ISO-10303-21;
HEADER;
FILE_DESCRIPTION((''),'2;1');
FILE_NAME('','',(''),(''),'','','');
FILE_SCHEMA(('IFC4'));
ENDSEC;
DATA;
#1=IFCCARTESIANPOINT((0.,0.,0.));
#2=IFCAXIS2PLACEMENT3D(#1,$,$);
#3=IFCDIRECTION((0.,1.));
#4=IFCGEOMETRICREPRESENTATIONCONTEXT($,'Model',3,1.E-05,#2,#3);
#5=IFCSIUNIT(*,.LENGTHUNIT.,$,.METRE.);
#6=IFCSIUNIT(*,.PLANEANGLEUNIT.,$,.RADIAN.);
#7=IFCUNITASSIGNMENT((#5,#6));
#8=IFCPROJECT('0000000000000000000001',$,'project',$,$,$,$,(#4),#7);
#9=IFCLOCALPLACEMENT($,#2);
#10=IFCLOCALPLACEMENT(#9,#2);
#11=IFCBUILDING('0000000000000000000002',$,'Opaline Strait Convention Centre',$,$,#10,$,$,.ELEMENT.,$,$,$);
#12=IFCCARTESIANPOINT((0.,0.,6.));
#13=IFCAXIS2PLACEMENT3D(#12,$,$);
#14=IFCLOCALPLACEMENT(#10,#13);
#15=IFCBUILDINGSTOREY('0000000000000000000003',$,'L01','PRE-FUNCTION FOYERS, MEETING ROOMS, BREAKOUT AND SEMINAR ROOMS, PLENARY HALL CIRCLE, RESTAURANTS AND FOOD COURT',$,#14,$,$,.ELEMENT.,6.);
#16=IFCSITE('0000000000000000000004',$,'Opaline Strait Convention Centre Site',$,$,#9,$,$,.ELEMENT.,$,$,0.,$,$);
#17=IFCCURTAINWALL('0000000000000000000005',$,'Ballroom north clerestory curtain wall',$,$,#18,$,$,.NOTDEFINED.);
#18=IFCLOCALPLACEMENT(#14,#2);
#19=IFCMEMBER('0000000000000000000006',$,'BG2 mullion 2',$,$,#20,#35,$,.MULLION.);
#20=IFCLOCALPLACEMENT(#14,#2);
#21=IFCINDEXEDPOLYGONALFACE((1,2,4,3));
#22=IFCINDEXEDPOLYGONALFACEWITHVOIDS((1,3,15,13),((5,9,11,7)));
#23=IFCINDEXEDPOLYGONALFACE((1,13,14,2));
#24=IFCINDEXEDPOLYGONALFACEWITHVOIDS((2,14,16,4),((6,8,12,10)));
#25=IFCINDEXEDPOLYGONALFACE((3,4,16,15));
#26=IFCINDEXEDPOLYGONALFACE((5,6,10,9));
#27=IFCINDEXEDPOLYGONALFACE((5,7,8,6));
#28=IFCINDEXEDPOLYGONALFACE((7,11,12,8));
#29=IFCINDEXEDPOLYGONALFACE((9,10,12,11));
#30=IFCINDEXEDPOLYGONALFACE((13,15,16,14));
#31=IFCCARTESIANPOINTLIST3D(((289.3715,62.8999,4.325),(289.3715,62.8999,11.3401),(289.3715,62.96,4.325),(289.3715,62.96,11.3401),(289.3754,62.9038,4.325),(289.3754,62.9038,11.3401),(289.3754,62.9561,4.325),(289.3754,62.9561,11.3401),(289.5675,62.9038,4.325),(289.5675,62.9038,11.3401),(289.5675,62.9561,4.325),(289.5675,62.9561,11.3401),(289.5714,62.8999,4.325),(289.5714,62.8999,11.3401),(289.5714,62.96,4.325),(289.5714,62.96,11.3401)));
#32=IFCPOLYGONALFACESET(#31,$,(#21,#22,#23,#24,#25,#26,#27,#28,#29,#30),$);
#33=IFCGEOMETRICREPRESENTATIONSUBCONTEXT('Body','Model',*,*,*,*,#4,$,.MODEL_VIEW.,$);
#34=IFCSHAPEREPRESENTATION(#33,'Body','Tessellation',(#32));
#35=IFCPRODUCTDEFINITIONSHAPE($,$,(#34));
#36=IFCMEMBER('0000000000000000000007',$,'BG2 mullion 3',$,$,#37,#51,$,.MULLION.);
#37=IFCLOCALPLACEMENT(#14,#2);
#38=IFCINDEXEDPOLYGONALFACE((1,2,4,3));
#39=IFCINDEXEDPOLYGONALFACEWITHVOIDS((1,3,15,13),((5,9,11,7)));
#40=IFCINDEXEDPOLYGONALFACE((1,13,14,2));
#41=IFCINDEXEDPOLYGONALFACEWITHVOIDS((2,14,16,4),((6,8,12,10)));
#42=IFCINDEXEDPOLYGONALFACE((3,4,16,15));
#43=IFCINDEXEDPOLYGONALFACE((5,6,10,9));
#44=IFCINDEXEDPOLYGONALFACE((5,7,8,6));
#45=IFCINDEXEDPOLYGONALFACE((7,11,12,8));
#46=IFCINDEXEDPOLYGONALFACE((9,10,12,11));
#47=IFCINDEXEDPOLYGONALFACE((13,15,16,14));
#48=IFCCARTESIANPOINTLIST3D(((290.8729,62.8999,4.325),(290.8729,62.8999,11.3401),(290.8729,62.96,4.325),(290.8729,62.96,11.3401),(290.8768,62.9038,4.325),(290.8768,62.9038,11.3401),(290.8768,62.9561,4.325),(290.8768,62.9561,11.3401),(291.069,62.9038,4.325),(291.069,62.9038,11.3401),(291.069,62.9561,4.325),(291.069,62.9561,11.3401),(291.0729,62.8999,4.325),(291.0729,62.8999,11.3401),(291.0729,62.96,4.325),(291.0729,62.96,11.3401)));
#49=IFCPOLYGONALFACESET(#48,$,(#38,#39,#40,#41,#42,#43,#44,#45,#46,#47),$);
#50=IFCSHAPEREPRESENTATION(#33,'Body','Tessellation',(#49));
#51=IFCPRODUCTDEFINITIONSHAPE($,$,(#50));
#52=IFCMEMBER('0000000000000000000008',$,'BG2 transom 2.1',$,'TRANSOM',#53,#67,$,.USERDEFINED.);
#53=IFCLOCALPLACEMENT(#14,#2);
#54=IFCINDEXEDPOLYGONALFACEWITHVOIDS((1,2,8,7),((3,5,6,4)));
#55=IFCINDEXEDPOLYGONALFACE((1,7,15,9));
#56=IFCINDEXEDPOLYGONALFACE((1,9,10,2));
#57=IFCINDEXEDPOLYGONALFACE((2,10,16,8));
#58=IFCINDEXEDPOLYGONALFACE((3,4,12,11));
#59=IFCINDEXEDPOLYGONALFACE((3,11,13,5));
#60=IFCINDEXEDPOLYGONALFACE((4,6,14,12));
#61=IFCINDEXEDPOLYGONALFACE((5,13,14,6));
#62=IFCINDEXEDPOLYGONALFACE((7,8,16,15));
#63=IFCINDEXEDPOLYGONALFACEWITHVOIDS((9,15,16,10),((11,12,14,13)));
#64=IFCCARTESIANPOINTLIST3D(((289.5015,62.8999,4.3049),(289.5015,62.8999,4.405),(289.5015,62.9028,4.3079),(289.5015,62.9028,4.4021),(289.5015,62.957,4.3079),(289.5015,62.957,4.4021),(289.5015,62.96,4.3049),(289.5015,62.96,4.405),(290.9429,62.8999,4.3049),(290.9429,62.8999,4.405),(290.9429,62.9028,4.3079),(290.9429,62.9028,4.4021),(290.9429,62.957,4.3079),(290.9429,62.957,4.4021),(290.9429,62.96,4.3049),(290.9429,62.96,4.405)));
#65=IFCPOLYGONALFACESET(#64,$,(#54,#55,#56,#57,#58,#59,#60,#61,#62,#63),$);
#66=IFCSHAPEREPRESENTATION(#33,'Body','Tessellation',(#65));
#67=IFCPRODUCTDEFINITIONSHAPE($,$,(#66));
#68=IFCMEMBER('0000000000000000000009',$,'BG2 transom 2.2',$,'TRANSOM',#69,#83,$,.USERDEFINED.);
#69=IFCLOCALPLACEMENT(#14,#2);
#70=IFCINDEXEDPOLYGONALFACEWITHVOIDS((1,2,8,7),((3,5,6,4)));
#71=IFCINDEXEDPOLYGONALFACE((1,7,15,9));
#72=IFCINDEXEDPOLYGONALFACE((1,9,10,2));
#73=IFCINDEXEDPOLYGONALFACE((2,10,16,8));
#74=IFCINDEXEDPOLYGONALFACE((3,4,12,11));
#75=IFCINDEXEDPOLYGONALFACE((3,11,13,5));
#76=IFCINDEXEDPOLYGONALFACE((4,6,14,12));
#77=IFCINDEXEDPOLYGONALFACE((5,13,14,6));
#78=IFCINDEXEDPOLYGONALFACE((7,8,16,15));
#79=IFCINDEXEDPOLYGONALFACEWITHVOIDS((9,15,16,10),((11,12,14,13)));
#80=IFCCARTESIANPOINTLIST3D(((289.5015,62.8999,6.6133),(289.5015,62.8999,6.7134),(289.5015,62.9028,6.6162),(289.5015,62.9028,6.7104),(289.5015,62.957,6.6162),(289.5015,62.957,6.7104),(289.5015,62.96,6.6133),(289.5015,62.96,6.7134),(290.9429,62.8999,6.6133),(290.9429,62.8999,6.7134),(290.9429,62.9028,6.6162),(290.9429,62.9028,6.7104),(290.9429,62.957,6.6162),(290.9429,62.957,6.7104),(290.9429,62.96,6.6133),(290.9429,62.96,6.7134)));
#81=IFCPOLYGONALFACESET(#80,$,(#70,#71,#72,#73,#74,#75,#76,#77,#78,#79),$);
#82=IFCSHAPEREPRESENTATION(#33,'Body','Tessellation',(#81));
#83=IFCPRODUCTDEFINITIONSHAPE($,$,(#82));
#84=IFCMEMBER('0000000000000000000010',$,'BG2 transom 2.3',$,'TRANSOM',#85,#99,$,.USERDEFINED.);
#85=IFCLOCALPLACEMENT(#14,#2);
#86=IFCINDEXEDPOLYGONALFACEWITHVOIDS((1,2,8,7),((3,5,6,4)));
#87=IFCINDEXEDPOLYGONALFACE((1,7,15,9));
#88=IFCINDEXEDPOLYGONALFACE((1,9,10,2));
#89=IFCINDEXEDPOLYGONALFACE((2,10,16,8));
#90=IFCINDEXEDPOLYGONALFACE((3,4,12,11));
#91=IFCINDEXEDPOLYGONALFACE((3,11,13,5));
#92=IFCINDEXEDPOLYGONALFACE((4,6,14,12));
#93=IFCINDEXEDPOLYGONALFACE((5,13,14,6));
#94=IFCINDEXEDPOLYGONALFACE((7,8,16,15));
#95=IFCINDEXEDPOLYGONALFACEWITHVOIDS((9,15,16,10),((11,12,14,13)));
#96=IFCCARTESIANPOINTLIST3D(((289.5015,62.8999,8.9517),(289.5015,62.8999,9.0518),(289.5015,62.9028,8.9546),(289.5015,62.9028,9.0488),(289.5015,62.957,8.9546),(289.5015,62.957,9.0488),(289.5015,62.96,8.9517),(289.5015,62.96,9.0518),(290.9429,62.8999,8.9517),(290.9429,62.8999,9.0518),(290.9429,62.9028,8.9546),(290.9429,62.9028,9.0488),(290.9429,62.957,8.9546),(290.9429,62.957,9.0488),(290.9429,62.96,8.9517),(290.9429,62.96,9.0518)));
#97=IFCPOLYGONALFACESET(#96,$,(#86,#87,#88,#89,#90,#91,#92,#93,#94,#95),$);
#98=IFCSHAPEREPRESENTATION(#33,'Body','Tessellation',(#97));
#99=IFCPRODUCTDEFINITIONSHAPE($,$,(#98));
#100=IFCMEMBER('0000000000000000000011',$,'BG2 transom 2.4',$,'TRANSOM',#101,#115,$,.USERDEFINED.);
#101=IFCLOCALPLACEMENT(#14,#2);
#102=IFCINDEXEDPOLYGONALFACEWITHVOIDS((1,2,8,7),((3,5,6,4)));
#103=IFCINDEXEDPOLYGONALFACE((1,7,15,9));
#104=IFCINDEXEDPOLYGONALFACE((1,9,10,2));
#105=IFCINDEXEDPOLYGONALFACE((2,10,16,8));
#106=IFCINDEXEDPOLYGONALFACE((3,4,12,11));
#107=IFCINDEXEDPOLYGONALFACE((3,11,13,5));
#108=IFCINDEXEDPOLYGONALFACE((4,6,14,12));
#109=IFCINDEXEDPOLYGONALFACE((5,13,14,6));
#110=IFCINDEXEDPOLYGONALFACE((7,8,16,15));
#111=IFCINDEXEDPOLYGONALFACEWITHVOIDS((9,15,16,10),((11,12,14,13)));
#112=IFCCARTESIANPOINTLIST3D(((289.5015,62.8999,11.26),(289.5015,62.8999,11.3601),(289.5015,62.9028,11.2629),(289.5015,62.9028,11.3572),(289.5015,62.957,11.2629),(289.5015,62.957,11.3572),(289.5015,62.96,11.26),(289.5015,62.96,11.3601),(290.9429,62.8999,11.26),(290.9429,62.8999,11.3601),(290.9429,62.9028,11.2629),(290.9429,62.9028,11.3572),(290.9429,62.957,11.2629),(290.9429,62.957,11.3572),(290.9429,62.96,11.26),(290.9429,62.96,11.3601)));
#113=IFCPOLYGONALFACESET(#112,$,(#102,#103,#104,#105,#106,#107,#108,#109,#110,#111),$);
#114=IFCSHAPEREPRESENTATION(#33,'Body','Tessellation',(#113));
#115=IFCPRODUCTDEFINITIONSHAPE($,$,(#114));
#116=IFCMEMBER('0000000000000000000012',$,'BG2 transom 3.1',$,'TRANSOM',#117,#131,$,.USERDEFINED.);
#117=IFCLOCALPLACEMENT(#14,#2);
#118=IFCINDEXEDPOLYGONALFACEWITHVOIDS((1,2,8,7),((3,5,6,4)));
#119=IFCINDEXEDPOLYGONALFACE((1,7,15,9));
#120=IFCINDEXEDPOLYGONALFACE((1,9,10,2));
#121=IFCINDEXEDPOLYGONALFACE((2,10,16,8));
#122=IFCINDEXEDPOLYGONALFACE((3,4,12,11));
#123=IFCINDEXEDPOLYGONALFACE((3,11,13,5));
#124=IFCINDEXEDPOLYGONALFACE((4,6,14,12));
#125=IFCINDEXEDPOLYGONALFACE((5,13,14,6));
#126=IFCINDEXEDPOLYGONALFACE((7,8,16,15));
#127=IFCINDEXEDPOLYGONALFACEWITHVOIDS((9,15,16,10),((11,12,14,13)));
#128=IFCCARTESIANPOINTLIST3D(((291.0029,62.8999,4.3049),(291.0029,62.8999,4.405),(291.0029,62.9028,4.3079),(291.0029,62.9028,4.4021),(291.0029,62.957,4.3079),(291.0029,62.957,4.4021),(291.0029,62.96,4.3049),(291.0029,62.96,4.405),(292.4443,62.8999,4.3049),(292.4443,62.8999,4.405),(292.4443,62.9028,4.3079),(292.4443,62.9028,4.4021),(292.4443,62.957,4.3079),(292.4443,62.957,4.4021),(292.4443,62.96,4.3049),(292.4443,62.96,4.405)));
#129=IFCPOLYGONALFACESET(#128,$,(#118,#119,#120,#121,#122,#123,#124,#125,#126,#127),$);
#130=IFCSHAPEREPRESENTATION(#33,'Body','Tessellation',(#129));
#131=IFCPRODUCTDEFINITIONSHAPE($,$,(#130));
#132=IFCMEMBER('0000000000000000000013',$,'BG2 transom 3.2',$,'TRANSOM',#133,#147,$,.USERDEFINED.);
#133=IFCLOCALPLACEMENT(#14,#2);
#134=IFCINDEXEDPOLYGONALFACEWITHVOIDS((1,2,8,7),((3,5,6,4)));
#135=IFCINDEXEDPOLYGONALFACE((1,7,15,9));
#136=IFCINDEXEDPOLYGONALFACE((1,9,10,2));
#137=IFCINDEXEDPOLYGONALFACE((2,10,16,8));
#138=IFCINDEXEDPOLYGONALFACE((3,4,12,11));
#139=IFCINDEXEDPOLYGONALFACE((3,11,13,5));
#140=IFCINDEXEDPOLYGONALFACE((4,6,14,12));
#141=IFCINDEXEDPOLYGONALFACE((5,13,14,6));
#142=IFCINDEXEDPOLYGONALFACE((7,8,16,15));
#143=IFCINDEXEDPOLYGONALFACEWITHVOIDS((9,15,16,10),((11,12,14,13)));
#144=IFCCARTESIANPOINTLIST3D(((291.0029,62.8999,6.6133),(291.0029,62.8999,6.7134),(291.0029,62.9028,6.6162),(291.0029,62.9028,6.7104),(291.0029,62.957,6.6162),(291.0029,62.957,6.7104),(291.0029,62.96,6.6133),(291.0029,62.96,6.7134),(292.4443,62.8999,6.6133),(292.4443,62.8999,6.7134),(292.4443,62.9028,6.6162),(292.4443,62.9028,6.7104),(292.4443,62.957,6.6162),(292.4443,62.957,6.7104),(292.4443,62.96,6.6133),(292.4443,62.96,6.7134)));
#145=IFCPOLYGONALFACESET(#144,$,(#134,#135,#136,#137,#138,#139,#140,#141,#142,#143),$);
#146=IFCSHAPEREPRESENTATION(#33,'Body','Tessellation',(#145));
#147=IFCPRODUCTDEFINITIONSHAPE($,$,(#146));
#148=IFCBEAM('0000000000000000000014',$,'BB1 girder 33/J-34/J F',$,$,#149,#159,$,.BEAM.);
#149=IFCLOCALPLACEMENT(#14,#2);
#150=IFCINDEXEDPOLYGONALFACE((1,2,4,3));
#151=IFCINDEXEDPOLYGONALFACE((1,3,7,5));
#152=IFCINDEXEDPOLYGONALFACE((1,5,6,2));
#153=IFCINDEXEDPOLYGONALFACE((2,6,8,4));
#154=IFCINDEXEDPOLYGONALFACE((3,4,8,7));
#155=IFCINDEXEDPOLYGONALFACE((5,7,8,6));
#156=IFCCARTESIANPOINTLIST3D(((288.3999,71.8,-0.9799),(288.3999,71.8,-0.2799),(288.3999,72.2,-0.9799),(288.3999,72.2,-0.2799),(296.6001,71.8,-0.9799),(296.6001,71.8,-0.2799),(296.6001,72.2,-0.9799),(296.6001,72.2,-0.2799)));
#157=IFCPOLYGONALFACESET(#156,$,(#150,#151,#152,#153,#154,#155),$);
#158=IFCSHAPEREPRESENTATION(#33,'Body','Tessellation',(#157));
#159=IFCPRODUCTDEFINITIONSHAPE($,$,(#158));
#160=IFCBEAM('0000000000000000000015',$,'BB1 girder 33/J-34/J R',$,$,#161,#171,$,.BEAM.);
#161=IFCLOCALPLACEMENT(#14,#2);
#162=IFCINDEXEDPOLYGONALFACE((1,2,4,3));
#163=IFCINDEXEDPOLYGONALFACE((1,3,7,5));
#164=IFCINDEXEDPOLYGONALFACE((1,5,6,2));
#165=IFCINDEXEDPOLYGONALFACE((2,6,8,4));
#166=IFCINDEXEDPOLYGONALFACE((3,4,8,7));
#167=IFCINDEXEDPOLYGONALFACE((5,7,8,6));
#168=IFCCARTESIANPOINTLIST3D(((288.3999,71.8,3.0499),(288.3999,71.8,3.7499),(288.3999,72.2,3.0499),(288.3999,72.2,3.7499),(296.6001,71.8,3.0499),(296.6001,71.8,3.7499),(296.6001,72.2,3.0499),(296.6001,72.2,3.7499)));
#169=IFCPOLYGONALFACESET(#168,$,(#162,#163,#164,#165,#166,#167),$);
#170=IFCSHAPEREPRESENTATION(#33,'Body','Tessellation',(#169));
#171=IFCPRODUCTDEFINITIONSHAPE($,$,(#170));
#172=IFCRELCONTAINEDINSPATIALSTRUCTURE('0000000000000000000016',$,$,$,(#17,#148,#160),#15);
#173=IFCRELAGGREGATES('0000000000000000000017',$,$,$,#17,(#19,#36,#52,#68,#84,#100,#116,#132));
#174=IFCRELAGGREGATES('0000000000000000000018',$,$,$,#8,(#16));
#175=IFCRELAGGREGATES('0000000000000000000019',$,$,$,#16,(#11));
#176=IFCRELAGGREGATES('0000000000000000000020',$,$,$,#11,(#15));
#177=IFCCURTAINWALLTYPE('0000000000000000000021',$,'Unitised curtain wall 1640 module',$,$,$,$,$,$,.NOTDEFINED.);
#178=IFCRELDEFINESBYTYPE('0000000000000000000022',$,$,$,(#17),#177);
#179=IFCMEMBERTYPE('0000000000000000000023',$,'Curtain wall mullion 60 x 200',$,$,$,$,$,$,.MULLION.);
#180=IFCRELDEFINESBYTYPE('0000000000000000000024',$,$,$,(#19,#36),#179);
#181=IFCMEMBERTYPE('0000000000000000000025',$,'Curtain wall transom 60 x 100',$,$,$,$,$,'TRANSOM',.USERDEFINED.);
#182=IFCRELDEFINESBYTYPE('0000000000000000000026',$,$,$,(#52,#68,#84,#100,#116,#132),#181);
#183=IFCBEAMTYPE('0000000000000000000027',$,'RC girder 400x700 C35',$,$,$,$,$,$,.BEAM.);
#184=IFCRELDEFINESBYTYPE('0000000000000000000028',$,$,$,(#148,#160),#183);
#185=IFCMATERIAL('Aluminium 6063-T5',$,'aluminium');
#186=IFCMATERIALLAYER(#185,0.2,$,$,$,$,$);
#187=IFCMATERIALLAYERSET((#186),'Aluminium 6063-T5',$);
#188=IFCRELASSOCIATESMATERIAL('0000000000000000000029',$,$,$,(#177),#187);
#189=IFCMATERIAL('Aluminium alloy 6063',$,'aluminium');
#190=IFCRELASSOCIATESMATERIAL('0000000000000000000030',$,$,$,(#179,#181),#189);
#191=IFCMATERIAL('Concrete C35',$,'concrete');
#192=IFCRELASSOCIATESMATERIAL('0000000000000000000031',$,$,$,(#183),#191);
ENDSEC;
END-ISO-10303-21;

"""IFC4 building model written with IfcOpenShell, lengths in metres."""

from ifc_helpers import new_model, si_unit, direction, frame, origin, origin_2d, place, context, subcontext, project, spatial, rectangle, hollow_rectangle, extrude, material, layer, layer_set, material_profile, profile_set, type_object, element, aggregate, save


model = new_model("IFC4")

# Units and contexts
model_context = context("Model", 3, precision=1e-05, world=origin(), true_north=direction((0.0, 1.0)))
body_context = subcontext(model_context, "Body", "Model", "MODEL_VIEW")
ifc_project = project(units=[si_unit("LENGTHUNIT", "METRE"), si_unit("PLANEANGLEUNIT", "RADIAN")], contexts=[model_context])

# Site, building, storey
site_placement = place(None, origin())
site = spatial("IfcSite", under=ifc_project, at=site_placement, Name="Opaline Strait Convention Centre Site", CompositionType="ELEMENT", RefElevation=0.0)
building_placement = place(site_placement, origin())
building = spatial("IfcBuilding", under=site, at=building_placement, Name="Opaline Strait Convention Centre", CompositionType="ELEMENT")
storey_placement = place(building_placement, frame((0.0, 0.0, 6.0)))
storey = spatial("IfcBuildingStorey", under=building, at=storey_placement, Name="L01", Description="PRE-FUNCTION FOYERS, MEETING ROOMS, BREAKOUT AND SEMINAR ROOMS, PLENARY HALL CIRCLE, RESTAURANTS AND FOOD COURT", CompositionType="ELEMENT", Elevation=6.0)

# Curtain wall, members
ifc_material_1 = material(Name="Aluminium 6063-T5", Category="aluminium")
ifc_layer_1 = layer(ifc_material_1, 0.2)
ifc_layer_set_1 = layer_set([ifc_layer_1], Name="Aluminium 6063-T5")
curtain_wall_type = type_object("IfcCurtainWallType", Name="Unitised curtain wall 1640 module", PredefinedType="NOTDEFINED", material=ifc_layer_set_1)
curtain_wall_placement = place(storey_placement, origin())
curtain_wall = element("IfcCurtainWall", 1, at=curtain_wall_placement, inside=storey, type_object=curtain_wall_type, Name="Ballroom north clerestory curtain wall", PredefinedType="NOTDEFINED")
ifc_material_2 = material(Name="Aluminium alloy 6063", Category="aluminium")
ifc_material_profile_1 = material_profile(ifc_material_2, hollow_rectangle(XDim=0.0601, YDim=0.2, WallThickness=0.0039, at=origin_2d()), Name="MULLION 60x200x4")
ifc_profile_set_1 = profile_set([ifc_material_profile_1], Name="Aluminium alloy 6063")
member_type_1 = type_object("IfcMemberType", Name="Curtain wall mullion 60 x 200", PredefinedType="MULLION", material=ifc_profile_set_1)
member_1_placement = place(storey_placement, frame((289.4714, 62.9299, 4.325), z_axis=(0.0, 0.0, 1.0), x_axis=(0.0, 1.0, 0.0)))
member_1 = element("IfcMember", 2, at=member_1_placement, type_object=member_type_1, Name="BG2 mullion 2", PredefinedType="MULLION", context=body_context, shape_type="SweptSolid", body=[
    extrude(hollow_rectangle(XDim=0.0601, YDim=0.2, WallThickness=0.0039, at=origin_2d()), origin(), (0.0, 0.0, 1.0), 7.0151),
])
member_2_placement = place(storey_placement, frame((290.9729, 62.9299, 4.325), z_axis=(0.0, 0.0, 1.0), x_axis=(0.0, 1.0, 0.0)))
member_2 = element("IfcMember", 3, at=member_2_placement, type_object=member_type_1, Name="BG2 mullion 3", PredefinedType="MULLION", context=body_context, shape_type="SweptSolid", body=[
    extrude(hollow_rectangle(XDim=0.0601, YDim=0.2, WallThickness=0.0039, at=origin_2d()), origin(), (0.0, 0.0, 1.0), 7.0151),
])
ifc_material_profile_2 = material_profile(ifc_material_2, hollow_rectangle(XDim=0.0601, YDim=0.1001, WallThickness=0.0029, at=origin_2d()), Name="TRANSOM 60x100x3")
ifc_profile_set_2 = profile_set([ifc_material_profile_2], Name="Aluminium alloy 6063")
member_type_2 = type_object("IfcMemberType", Name="Curtain wall transom 60 x 100", ElementType="TRANSOM", PredefinedType="USERDEFINED", material=ifc_profile_set_2)
member_3_placement = place(storey_placement, frame((289.5015, 62.9299, 4.355), z_axis=(1.0, 0.0, 0.0), x_axis=(0.0, 1.0, 0.0)))
member_3 = element("IfcMember", 4, at=member_3_placement, type_object=member_type_2, Name="BG2 transom 2.1", ObjectType="TRANSOM", PredefinedType="USERDEFINED", context=body_context, shape_type="SweptSolid", body=[
    extrude(hollow_rectangle(XDim=0.0601, YDim=0.1001, WallThickness=0.0029, at=origin_2d()), origin(), (0.0, 0.0, 1.0), 1.4414),
])
member_4_placement = place(storey_placement, frame((289.5015, 62.9299, 6.6633), z_axis=(1.0, 0.0, 0.0), x_axis=(0.0, 1.0, 0.0)))
member_4 = element("IfcMember", 5, at=member_4_placement, type_object=member_type_2, Name="BG2 transom 2.2", ObjectType="TRANSOM", PredefinedType="USERDEFINED", context=body_context, shape_type="SweptSolid", body=[
    extrude(hollow_rectangle(XDim=0.0601, YDim=0.1001, WallThickness=0.0029, at=origin_2d()), origin(), (0.0, 0.0, 1.0), 1.4414),
])
member_5_placement = place(storey_placement, frame((289.5015, 62.9299, 9.0017), z_axis=(1.0, 0.0, 0.0), x_axis=(0.0, 1.0, 0.0)))
member_5 = element("IfcMember", 6, at=member_5_placement, type_object=member_type_2, Name="BG2 transom 2.3", ObjectType="TRANSOM", PredefinedType="USERDEFINED", context=body_context, shape_type="SweptSolid", body=[
    extrude(hollow_rectangle(XDim=0.0601, YDim=0.1001, WallThickness=0.0029, at=origin_2d()), origin(), (0.0, 0.0, 1.0), 1.4414),
])
member_6_placement = place(storey_placement, frame((289.5015, 62.9299, 11.3101), z_axis=(1.0, 0.0, 0.0), x_axis=(0.0, 1.0, 0.0)))
member_6 = element("IfcMember", 7, at=member_6_placement, type_object=member_type_2, Name="BG2 transom 2.4", ObjectType="TRANSOM", PredefinedType="USERDEFINED", context=body_context, shape_type="SweptSolid", body=[
    extrude(hollow_rectangle(XDim=0.0601, YDim=0.1001, WallThickness=0.0029, at=origin_2d()), origin(), (0.0, 0.0, 1.0), 1.4414),
])
member_7_placement = place(storey_placement, frame((291.0029, 62.9299, 4.355), z_axis=(1.0, 0.0, 0.0), x_axis=(0.0, 1.0, 0.0)))
member_7 = element("IfcMember", 8, at=member_7_placement, type_object=member_type_2, Name="BG2 transom 3.1", ObjectType="TRANSOM", PredefinedType="USERDEFINED", context=body_context, shape_type="SweptSolid", body=[
    extrude(hollow_rectangle(XDim=0.0601, YDim=0.1001, WallThickness=0.0029, at=origin_2d()), origin(), (0.0, 0.0, 1.0), 1.4414),
])
member_8_placement = place(storey_placement, frame((291.0029, 62.9299, 6.6633), z_axis=(1.0, 0.0, 0.0), x_axis=(0.0, 1.0, 0.0)))
member_8 = element("IfcMember", 9, at=member_8_placement, type_object=member_type_2, Name="BG2 transom 3.2", ObjectType="TRANSOM", PredefinedType="USERDEFINED", context=body_context, shape_type="SweptSolid", body=[
    extrude(hollow_rectangle(XDim=0.0601, YDim=0.1001, WallThickness=0.0029, at=origin_2d()), origin(), (0.0, 0.0, 1.0), 1.4414),
])

# Beams
ifc_material_3 = material(Name="Concrete C35", Category="concrete")
ifc_material_profile_3 = material_profile(ifc_material_3, rectangle(XDim=0.3999, YDim=0.7, at=origin_2d()), Name="RC 400x700")
ifc_profile_set_3 = profile_set([ifc_material_profile_3], Name="Concrete C35")
beam_type = type_object("IfcBeamType", Name="RC girder 400x700 C35", PredefinedType="BEAM", material=ifc_profile_set_3)
for number, where, z_axis, x_axis, name in (
    (10, (288.3999, 72.0, -0.6299), (1.0, 0.0, 0.0), (0.0, 1.0, 0.0), "BB1 girder 33/J-34/J F"),
    (11, (288.3999, 72.0, 3.3999), (1.0, 0.0, 0.0), (0.0, 1.0, 0.0), "BB1 girder 33/J-34/J R"),
):
    element("IfcBeam", number, at=place(storey_placement, frame(where, z_axis=z_axis, x_axis=x_axis)), inside=storey, type_object=beam_type, Name=name, PredefinedType="BEAM", context=body_context, shape_type="SweptSolid", body=[
        extrude(rectangle(XDim=0.3999, YDim=0.7, at=origin_2d()), origin(), (0.0, 0.0, 1.0), 8.2002),
    ])

aggregate(curtain_wall, [member_1, member_2, member_3, member_4, member_5, member_6, member_7, member_8])

save(model, "model.ifc")
